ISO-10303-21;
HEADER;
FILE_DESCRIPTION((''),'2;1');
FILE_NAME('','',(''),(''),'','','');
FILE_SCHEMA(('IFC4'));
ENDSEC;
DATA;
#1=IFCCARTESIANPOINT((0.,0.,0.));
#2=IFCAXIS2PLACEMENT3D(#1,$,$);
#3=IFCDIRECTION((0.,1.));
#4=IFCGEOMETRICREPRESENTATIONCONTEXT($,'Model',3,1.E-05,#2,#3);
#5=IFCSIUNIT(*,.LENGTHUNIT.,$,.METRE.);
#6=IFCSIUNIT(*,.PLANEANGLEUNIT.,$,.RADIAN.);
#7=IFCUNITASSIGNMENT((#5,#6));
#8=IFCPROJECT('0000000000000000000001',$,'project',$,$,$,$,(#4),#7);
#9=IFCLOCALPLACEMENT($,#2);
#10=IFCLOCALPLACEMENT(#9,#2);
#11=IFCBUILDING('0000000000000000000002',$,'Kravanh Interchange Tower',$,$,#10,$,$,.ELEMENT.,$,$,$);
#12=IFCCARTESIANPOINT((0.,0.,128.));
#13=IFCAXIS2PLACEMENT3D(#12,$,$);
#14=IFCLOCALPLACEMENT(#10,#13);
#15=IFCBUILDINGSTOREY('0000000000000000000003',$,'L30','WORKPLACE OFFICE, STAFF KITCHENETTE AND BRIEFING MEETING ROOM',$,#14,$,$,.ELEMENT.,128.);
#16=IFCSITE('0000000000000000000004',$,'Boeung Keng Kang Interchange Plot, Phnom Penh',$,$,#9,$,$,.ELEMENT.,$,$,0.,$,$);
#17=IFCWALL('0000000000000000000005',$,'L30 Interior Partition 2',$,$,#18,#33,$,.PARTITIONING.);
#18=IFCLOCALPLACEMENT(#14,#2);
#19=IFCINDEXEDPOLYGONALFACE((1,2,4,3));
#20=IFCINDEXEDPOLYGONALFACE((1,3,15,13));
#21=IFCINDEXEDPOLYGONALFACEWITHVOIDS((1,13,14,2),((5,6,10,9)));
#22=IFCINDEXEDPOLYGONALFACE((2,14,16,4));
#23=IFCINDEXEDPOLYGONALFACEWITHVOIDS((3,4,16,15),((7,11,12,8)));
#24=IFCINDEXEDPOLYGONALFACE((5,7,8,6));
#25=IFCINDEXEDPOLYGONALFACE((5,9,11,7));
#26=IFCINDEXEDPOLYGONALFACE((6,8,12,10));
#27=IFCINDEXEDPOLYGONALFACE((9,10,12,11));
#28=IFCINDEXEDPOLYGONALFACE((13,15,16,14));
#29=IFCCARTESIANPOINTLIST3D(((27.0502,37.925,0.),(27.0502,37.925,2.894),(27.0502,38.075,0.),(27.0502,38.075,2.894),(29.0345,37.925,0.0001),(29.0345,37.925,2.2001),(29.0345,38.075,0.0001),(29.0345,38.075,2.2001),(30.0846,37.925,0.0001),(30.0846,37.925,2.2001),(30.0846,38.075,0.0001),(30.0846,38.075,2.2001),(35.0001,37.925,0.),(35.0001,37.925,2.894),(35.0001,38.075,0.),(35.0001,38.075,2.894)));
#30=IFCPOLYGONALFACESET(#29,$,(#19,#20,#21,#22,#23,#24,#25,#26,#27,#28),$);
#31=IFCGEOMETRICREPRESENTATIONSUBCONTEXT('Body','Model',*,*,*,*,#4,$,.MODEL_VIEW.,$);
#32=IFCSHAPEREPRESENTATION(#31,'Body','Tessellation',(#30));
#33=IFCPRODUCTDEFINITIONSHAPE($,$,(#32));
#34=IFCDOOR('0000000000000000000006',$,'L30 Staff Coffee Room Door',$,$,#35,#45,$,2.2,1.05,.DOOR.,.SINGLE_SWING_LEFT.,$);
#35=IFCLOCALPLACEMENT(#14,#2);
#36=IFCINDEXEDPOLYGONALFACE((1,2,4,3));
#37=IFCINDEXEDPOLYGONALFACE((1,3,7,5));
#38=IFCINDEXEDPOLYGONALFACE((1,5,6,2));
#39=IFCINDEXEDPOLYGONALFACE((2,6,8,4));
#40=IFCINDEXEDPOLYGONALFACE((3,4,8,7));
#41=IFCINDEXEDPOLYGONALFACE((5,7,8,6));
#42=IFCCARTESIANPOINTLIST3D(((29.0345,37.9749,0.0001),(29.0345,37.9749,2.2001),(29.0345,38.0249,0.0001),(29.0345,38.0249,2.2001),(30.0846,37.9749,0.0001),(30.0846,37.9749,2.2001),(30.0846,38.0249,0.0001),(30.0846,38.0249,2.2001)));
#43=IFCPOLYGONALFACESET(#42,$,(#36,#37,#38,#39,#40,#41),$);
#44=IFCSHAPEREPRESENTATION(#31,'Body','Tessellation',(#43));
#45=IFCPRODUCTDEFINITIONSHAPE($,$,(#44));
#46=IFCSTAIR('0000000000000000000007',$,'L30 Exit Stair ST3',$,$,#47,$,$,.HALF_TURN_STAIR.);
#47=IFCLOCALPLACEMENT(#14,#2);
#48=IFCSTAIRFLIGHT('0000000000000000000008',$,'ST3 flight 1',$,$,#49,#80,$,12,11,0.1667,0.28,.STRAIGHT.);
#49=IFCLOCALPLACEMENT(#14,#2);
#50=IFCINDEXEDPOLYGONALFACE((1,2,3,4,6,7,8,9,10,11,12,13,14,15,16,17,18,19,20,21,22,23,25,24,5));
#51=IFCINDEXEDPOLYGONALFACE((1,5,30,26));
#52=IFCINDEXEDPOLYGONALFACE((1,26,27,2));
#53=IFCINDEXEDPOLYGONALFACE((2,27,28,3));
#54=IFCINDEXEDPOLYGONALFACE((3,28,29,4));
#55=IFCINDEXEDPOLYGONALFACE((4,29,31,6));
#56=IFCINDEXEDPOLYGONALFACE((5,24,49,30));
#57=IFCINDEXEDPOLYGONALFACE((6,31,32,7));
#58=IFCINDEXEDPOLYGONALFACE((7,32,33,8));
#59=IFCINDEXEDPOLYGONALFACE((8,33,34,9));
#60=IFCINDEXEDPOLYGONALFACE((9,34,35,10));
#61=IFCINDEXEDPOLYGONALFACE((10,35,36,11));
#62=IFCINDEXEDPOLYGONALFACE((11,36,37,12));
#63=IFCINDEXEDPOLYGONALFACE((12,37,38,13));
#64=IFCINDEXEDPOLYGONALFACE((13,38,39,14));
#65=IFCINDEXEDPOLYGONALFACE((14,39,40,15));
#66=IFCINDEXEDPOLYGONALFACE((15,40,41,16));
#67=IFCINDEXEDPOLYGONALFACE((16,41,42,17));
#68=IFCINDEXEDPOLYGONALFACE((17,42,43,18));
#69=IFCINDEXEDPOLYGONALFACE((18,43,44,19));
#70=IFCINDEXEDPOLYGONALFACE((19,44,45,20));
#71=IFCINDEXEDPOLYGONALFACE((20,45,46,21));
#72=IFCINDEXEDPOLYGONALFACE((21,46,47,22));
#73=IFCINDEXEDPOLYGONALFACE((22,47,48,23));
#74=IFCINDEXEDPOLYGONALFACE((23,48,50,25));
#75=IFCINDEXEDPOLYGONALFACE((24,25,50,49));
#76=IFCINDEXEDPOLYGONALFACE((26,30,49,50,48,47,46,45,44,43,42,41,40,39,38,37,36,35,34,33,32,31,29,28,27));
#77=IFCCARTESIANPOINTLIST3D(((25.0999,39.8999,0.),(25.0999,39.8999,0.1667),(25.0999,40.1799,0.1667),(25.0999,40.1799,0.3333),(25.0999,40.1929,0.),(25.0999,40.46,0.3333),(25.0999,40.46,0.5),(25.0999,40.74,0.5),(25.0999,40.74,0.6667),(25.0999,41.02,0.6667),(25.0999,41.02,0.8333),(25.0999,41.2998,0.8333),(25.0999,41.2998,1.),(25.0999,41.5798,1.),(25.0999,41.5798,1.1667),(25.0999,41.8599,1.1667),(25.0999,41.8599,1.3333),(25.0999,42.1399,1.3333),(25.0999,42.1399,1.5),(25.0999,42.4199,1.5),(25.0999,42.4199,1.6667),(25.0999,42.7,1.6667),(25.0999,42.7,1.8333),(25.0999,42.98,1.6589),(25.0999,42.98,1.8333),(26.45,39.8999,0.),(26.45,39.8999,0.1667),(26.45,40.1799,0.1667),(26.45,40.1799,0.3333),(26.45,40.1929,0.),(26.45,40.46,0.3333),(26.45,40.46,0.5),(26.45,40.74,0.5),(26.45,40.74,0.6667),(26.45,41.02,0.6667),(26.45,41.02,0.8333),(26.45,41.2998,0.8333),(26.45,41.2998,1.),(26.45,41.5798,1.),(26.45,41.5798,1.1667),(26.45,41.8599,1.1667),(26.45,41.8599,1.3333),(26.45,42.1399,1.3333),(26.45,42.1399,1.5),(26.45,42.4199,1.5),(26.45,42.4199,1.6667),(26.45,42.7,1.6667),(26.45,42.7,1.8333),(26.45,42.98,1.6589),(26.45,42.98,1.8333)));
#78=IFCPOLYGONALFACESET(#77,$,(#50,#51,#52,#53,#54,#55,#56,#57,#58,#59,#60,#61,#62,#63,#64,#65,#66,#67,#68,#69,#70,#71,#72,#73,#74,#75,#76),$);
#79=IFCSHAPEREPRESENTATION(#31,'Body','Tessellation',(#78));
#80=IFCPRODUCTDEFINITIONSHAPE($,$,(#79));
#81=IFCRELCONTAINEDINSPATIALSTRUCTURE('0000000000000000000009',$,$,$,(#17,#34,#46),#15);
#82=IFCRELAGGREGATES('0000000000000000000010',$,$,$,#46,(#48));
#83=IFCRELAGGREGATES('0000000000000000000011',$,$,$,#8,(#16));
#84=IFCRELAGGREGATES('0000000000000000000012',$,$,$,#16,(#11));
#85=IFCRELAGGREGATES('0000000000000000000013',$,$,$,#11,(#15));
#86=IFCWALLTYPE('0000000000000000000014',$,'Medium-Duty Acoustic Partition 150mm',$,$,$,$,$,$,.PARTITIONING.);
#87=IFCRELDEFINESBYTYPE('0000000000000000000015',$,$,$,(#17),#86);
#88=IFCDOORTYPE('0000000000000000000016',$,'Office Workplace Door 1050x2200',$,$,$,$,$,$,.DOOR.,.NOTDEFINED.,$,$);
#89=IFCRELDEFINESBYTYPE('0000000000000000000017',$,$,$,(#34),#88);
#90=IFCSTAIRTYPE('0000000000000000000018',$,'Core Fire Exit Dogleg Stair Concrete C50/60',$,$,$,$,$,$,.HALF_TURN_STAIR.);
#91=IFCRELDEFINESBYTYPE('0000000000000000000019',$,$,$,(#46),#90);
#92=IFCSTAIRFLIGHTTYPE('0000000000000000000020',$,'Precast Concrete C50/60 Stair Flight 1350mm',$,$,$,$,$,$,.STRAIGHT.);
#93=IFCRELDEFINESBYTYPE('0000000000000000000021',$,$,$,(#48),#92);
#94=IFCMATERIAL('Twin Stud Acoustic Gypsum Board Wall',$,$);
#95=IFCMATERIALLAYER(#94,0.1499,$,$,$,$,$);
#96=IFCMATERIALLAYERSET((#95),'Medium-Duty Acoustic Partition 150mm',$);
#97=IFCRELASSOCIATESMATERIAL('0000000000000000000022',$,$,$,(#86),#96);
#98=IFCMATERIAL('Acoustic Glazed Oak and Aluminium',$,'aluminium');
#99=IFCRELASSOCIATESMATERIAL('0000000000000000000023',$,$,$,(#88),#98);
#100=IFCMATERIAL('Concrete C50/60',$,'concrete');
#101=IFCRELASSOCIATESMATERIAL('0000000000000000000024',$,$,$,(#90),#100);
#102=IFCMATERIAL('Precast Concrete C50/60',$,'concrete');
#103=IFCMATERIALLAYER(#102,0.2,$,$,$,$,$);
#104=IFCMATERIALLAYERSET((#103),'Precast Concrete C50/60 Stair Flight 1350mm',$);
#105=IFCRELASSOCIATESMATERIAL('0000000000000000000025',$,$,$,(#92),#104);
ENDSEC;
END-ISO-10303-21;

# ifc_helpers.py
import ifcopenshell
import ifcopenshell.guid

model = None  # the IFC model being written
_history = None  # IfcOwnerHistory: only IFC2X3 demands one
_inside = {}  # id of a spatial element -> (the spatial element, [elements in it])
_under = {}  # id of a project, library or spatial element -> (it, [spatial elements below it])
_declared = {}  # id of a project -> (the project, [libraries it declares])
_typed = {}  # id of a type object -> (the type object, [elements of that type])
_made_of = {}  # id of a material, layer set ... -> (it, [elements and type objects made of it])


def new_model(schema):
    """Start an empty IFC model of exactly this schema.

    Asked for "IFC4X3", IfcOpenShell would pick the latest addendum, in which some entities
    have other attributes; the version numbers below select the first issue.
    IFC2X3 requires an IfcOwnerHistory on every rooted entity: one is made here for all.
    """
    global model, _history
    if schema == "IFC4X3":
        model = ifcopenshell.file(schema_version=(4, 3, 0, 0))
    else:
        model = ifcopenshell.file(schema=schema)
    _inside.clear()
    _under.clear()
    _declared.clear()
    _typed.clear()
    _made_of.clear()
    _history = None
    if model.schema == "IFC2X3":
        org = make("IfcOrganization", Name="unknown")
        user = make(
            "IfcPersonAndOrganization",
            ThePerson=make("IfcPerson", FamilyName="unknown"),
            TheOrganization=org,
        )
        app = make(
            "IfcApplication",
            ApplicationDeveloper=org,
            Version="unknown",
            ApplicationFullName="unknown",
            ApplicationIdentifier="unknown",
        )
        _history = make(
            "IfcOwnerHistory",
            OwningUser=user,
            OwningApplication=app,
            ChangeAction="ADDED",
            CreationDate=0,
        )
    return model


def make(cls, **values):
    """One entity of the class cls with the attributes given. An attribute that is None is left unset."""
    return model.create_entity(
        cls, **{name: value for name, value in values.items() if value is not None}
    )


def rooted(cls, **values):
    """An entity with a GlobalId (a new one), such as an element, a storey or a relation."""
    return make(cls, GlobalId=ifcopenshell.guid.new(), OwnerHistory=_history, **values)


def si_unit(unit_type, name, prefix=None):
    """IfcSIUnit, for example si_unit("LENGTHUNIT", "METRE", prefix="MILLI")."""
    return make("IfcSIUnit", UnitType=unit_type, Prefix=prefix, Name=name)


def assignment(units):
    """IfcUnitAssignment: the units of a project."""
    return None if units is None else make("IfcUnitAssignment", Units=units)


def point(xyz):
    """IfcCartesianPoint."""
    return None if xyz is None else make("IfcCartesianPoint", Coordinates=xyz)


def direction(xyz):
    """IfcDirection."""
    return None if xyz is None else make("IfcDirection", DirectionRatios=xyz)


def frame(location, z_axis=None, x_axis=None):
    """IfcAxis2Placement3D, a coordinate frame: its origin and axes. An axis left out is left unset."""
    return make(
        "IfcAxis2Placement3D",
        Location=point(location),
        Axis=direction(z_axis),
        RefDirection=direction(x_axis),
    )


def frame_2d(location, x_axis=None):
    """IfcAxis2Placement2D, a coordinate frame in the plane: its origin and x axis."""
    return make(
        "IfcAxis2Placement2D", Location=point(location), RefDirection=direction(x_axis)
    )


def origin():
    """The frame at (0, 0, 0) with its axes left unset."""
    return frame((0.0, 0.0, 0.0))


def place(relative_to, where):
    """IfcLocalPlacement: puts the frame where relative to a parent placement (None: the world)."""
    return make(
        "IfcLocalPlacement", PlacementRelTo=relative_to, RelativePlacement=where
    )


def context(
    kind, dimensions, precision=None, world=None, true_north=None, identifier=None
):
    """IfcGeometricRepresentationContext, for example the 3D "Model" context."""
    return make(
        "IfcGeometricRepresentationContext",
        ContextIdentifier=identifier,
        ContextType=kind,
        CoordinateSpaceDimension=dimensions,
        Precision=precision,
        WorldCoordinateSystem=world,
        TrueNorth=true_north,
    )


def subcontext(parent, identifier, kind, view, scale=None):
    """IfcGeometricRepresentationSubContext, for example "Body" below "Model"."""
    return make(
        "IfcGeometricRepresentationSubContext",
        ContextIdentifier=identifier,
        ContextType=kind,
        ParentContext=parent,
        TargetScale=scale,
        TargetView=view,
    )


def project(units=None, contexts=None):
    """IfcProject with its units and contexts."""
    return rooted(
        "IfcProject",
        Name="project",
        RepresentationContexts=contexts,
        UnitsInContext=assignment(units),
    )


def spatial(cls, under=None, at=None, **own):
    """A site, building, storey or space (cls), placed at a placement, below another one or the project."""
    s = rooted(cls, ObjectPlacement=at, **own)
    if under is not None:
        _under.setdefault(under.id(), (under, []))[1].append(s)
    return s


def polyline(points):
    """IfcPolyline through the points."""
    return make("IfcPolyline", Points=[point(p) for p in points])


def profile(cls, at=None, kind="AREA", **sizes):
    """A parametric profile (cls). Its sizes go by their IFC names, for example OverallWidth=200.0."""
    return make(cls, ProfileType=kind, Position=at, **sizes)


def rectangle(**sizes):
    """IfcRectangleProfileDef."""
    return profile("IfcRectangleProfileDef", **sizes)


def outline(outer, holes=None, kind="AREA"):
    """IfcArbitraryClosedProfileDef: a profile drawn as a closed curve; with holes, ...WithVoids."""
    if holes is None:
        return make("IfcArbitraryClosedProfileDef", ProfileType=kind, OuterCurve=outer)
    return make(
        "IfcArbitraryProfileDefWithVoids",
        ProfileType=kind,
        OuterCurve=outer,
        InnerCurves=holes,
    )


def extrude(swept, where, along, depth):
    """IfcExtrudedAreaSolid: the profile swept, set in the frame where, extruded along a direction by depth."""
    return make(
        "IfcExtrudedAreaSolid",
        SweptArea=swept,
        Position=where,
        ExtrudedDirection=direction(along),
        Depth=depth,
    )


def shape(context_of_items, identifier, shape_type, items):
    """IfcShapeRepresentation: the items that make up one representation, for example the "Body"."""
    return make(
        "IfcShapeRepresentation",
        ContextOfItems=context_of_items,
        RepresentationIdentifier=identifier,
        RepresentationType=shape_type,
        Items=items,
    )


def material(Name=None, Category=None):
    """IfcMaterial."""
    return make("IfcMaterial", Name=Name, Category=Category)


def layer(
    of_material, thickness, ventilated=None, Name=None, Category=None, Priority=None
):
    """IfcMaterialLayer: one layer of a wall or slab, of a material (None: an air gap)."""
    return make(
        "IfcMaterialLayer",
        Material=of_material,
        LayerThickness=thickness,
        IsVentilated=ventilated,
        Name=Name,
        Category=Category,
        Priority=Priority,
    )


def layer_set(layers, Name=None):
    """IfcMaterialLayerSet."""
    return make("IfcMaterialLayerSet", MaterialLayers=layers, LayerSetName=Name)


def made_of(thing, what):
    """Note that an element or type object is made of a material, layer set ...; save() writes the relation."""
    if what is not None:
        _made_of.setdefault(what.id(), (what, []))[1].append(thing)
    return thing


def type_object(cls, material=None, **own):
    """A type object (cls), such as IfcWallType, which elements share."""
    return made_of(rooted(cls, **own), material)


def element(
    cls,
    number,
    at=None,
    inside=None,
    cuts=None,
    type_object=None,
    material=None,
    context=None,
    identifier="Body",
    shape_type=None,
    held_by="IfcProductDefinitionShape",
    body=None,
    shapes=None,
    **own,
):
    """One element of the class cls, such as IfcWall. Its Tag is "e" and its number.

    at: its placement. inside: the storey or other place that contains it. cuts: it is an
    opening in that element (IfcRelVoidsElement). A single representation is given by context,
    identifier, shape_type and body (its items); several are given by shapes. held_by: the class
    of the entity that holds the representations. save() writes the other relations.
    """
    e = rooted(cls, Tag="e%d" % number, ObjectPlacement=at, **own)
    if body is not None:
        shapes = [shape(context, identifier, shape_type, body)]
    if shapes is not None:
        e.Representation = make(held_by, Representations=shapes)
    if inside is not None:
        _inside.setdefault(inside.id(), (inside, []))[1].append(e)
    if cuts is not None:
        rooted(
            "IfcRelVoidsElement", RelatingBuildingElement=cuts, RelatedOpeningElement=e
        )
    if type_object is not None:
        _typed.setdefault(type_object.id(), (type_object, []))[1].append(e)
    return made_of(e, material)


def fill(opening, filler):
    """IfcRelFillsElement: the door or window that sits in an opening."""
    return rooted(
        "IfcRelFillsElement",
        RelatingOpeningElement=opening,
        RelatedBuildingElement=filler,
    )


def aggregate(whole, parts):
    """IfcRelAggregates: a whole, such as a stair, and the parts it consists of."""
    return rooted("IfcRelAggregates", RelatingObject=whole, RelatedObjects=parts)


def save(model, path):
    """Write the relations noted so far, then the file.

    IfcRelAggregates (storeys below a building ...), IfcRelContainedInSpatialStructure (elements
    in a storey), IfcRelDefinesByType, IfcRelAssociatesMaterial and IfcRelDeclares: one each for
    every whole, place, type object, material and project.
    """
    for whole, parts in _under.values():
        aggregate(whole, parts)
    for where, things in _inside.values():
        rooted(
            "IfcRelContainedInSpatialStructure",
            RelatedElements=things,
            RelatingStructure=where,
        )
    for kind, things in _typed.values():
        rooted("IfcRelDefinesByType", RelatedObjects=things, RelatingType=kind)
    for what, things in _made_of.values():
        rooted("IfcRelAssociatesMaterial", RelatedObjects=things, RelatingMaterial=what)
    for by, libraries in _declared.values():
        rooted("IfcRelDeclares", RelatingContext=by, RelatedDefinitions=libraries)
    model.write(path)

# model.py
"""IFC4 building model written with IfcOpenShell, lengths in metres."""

from ifc_helpers import new_model, si_unit, direction, frame, frame_2d, origin, place, context, subcontext, project, spatial, polyline, rectangle, outline, extrude, material, layer, layer_set, type_object, element, fill, aggregate, save


model = new_model("IFC4")

# Units and contexts
model_context = context("Model", 3, precision=1e-05, world=origin(), true_north=direction((0.0, 1.0)))
body_context = subcontext(model_context, "Body", "Model", "MODEL_VIEW")
ifc_project = project(units=[si_unit("LENGTHUNIT", "METRE"), si_unit("PLANEANGLEUNIT", "RADIAN")], contexts=[model_context])

# Site, building, storey
site_placement = place(None, origin())
site = spatial("IfcSite", under=ifc_project, at=site_placement, Name="Boeung Keng Kang Interchange Plot, Phnom Penh", CompositionType="ELEMENT", RefElevation=0.0)
building_placement = place(site_placement, origin())
building = spatial("IfcBuilding", under=site, at=building_placement, Name="Kravanh Interchange Tower", CompositionType="ELEMENT")
storey_placement = place(building_placement, frame((0.0, 0.0, 128.0)))
storey = spatial("IfcBuildingStorey", under=building, at=storey_placement, Name="L30", Description="WORKPLACE OFFICE, STAFF KITCHENETTE AND BRIEFING MEETING ROOM", CompositionType="ELEMENT", Elevation=128.0)

# Wall, opening, door
ifc_material_1 = material(Name="Twin Stud Acoustic Gypsum Board Wall")
ifc_layer_1 = layer(ifc_material_1, 0.1499)
ifc_layer_set_1 = layer_set([ifc_layer_1], Name="Medium-Duty Acoustic Partition 150mm")
wall_type_1 = type_object("IfcWallType", Name="Medium-Duty Acoustic Partition 150mm", PredefinedType="PARTITIONING", material=ifc_layer_set_1)
wall_1_placement = place(storey_placement, frame((27.05, 38.0, 0.0), z_axis=(0.0, 0.0, 1.0), x_axis=(1.0, 0.0, 0.0)))
wall_1 = element("IfcWall", 1, at=wall_1_placement, inside=storey, type_object=wall_type_1, Name="L30 Interior Partition 2", PredefinedType="PARTITIONING", context=body_context, shape_type="SweptSolid", body=[
    extrude(rectangle(XDim=7.95, YDim=0.1499, at=frame_2d((3.9751, 0.0))), origin(), (0.0, 0.0, 1.0), 2.894),
])
opening_1_placement = place(wall_1_placement, frame((1.9846, 0.0, 0.0)))
opening_1 = element("IfcOpeningElement", 2, at=opening_1_placement, cuts=wall_1, PredefinedType="OPENING", context=body_context, shape_type="SweptSolid", body=[
    extrude(rectangle(XDim=1.05, YDim=2.2, at=frame_2d((0.5249, 1.1001))), frame((0.0, 0.085, 0.0), z_axis=(0.0, -1.0, 0.0), x_axis=(1.0, 0.0, 0.0)), (0.0, 0.0, 1.0), 0.1699),
])
ifc_material_2 = material(Name="Acoustic Glazed Oak and Aluminium", Category="aluminium")
door_type_1 = type_object("IfcDoorType", Name="Office Workplace Door 1050x2200", OperationType="NOTDEFINED", PredefinedType="DOOR", material=ifc_material_2)
door_1_placement = place(opening_1_placement, origin())
door_1 = element("IfcDoor", 3, at=door_1_placement, inside=storey, type_object=door_type_1, Name="L30 Staff Coffee Room Door", OperationType="SINGLE_SWING_LEFT", OverallHeight=2.2, OverallWidth=1.05, PredefinedType="DOOR", context=body_context, shape_type="SweptSolid", body=[
    extrude(rectangle(XDim=1.05, YDim=2.2, at=frame_2d((0.5249, 1.1001))), frame((0.0, 0.0249, 0.0), z_axis=(0.0, -1.0, 0.0), x_axis=(1.0, 0.0, 0.0)), (0.0, 0.0, 1.0), 0.05),
])
fill(opening_1, door_1)

# Stair, stair flight
ifc_material_3 = material(Name="Concrete C50/60", Category="concrete")
stair_type = type_object("IfcStairType", Name="Core Fire Exit Dogleg Stair Concrete C50/60", PredefinedType="HALF_TURN_STAIR", material=ifc_material_3)
stair_placement = place(storey_placement, origin())
stair = element("IfcStair", 4, at=stair_placement, inside=storey, type_object=stair_type, Name="L30 Exit Stair ST3", PredefinedType="HALF_TURN_STAIR")
ifc_material_4 = material(Name="Precast Concrete C50/60", Category="concrete")
ifc_layer_2 = layer(ifc_material_4, 0.2)
ifc_layer_set_2 = layer_set([ifc_layer_2], Name="Precast Concrete C50/60 Stair Flight 1350mm")
stair_flight_type = type_object("IfcStairFlightType", Name="Precast Concrete C50/60 Stair Flight 1350mm", PredefinedType="STRAIGHT", material=ifc_layer_set_2)
stair_flight_placement = place(storey_placement, frame((25.7749, 39.8999, 0.0), z_axis=(0.0, 0.0, 1.0), x_axis=(0.0, 1.0, 0.0)))
stair_flight = element("IfcStairFlight", 5, at=stair_flight_placement, type_object=stair_flight_type, Name="ST3 flight 1", NumberOfRisers=12, NumberOfTreads=11, PredefinedType="STRAIGHT", RiserHeight=0.1667, TreadLength=0.28, context=body_context, shape_type="SweptSolid", body=[
    extrude(outline(polyline([(0.0, 0.0), (0.0, 0.1667), (0.28, 0.1667), (0.28, 0.3333), (0.5601, 0.3333), (0.5601, 0.5), (0.8401, 0.5), (0.8401, 0.6667), (1.1201, 0.6667), (1.1201, 0.8333), (1.3999, 0.8333), (1.3999, 1.0), (1.6799, 1.0), (1.6799, 1.1667), (1.96, 1.1667), (1.96, 1.3333), (2.24, 1.3333), (2.24, 1.5), (2.52, 1.5), (2.52, 1.6667), (2.8, 1.6667), (2.8, 1.8333), (3.0801, 1.8333), (3.0801, 2.0), (3.0801, 1.6589), (0.293, 0.0), (0.0, 0.0)])), frame((0.0, 0.675, 0.0), z_axis=(0.0, -1.0, 0.0), x_axis=(1.0, 0.0, 0.0)), (0.0, 0.0, 1.0), 1.3501),
])
aggregate(stair, [stair_flight])

save(model, "model.ifc")
